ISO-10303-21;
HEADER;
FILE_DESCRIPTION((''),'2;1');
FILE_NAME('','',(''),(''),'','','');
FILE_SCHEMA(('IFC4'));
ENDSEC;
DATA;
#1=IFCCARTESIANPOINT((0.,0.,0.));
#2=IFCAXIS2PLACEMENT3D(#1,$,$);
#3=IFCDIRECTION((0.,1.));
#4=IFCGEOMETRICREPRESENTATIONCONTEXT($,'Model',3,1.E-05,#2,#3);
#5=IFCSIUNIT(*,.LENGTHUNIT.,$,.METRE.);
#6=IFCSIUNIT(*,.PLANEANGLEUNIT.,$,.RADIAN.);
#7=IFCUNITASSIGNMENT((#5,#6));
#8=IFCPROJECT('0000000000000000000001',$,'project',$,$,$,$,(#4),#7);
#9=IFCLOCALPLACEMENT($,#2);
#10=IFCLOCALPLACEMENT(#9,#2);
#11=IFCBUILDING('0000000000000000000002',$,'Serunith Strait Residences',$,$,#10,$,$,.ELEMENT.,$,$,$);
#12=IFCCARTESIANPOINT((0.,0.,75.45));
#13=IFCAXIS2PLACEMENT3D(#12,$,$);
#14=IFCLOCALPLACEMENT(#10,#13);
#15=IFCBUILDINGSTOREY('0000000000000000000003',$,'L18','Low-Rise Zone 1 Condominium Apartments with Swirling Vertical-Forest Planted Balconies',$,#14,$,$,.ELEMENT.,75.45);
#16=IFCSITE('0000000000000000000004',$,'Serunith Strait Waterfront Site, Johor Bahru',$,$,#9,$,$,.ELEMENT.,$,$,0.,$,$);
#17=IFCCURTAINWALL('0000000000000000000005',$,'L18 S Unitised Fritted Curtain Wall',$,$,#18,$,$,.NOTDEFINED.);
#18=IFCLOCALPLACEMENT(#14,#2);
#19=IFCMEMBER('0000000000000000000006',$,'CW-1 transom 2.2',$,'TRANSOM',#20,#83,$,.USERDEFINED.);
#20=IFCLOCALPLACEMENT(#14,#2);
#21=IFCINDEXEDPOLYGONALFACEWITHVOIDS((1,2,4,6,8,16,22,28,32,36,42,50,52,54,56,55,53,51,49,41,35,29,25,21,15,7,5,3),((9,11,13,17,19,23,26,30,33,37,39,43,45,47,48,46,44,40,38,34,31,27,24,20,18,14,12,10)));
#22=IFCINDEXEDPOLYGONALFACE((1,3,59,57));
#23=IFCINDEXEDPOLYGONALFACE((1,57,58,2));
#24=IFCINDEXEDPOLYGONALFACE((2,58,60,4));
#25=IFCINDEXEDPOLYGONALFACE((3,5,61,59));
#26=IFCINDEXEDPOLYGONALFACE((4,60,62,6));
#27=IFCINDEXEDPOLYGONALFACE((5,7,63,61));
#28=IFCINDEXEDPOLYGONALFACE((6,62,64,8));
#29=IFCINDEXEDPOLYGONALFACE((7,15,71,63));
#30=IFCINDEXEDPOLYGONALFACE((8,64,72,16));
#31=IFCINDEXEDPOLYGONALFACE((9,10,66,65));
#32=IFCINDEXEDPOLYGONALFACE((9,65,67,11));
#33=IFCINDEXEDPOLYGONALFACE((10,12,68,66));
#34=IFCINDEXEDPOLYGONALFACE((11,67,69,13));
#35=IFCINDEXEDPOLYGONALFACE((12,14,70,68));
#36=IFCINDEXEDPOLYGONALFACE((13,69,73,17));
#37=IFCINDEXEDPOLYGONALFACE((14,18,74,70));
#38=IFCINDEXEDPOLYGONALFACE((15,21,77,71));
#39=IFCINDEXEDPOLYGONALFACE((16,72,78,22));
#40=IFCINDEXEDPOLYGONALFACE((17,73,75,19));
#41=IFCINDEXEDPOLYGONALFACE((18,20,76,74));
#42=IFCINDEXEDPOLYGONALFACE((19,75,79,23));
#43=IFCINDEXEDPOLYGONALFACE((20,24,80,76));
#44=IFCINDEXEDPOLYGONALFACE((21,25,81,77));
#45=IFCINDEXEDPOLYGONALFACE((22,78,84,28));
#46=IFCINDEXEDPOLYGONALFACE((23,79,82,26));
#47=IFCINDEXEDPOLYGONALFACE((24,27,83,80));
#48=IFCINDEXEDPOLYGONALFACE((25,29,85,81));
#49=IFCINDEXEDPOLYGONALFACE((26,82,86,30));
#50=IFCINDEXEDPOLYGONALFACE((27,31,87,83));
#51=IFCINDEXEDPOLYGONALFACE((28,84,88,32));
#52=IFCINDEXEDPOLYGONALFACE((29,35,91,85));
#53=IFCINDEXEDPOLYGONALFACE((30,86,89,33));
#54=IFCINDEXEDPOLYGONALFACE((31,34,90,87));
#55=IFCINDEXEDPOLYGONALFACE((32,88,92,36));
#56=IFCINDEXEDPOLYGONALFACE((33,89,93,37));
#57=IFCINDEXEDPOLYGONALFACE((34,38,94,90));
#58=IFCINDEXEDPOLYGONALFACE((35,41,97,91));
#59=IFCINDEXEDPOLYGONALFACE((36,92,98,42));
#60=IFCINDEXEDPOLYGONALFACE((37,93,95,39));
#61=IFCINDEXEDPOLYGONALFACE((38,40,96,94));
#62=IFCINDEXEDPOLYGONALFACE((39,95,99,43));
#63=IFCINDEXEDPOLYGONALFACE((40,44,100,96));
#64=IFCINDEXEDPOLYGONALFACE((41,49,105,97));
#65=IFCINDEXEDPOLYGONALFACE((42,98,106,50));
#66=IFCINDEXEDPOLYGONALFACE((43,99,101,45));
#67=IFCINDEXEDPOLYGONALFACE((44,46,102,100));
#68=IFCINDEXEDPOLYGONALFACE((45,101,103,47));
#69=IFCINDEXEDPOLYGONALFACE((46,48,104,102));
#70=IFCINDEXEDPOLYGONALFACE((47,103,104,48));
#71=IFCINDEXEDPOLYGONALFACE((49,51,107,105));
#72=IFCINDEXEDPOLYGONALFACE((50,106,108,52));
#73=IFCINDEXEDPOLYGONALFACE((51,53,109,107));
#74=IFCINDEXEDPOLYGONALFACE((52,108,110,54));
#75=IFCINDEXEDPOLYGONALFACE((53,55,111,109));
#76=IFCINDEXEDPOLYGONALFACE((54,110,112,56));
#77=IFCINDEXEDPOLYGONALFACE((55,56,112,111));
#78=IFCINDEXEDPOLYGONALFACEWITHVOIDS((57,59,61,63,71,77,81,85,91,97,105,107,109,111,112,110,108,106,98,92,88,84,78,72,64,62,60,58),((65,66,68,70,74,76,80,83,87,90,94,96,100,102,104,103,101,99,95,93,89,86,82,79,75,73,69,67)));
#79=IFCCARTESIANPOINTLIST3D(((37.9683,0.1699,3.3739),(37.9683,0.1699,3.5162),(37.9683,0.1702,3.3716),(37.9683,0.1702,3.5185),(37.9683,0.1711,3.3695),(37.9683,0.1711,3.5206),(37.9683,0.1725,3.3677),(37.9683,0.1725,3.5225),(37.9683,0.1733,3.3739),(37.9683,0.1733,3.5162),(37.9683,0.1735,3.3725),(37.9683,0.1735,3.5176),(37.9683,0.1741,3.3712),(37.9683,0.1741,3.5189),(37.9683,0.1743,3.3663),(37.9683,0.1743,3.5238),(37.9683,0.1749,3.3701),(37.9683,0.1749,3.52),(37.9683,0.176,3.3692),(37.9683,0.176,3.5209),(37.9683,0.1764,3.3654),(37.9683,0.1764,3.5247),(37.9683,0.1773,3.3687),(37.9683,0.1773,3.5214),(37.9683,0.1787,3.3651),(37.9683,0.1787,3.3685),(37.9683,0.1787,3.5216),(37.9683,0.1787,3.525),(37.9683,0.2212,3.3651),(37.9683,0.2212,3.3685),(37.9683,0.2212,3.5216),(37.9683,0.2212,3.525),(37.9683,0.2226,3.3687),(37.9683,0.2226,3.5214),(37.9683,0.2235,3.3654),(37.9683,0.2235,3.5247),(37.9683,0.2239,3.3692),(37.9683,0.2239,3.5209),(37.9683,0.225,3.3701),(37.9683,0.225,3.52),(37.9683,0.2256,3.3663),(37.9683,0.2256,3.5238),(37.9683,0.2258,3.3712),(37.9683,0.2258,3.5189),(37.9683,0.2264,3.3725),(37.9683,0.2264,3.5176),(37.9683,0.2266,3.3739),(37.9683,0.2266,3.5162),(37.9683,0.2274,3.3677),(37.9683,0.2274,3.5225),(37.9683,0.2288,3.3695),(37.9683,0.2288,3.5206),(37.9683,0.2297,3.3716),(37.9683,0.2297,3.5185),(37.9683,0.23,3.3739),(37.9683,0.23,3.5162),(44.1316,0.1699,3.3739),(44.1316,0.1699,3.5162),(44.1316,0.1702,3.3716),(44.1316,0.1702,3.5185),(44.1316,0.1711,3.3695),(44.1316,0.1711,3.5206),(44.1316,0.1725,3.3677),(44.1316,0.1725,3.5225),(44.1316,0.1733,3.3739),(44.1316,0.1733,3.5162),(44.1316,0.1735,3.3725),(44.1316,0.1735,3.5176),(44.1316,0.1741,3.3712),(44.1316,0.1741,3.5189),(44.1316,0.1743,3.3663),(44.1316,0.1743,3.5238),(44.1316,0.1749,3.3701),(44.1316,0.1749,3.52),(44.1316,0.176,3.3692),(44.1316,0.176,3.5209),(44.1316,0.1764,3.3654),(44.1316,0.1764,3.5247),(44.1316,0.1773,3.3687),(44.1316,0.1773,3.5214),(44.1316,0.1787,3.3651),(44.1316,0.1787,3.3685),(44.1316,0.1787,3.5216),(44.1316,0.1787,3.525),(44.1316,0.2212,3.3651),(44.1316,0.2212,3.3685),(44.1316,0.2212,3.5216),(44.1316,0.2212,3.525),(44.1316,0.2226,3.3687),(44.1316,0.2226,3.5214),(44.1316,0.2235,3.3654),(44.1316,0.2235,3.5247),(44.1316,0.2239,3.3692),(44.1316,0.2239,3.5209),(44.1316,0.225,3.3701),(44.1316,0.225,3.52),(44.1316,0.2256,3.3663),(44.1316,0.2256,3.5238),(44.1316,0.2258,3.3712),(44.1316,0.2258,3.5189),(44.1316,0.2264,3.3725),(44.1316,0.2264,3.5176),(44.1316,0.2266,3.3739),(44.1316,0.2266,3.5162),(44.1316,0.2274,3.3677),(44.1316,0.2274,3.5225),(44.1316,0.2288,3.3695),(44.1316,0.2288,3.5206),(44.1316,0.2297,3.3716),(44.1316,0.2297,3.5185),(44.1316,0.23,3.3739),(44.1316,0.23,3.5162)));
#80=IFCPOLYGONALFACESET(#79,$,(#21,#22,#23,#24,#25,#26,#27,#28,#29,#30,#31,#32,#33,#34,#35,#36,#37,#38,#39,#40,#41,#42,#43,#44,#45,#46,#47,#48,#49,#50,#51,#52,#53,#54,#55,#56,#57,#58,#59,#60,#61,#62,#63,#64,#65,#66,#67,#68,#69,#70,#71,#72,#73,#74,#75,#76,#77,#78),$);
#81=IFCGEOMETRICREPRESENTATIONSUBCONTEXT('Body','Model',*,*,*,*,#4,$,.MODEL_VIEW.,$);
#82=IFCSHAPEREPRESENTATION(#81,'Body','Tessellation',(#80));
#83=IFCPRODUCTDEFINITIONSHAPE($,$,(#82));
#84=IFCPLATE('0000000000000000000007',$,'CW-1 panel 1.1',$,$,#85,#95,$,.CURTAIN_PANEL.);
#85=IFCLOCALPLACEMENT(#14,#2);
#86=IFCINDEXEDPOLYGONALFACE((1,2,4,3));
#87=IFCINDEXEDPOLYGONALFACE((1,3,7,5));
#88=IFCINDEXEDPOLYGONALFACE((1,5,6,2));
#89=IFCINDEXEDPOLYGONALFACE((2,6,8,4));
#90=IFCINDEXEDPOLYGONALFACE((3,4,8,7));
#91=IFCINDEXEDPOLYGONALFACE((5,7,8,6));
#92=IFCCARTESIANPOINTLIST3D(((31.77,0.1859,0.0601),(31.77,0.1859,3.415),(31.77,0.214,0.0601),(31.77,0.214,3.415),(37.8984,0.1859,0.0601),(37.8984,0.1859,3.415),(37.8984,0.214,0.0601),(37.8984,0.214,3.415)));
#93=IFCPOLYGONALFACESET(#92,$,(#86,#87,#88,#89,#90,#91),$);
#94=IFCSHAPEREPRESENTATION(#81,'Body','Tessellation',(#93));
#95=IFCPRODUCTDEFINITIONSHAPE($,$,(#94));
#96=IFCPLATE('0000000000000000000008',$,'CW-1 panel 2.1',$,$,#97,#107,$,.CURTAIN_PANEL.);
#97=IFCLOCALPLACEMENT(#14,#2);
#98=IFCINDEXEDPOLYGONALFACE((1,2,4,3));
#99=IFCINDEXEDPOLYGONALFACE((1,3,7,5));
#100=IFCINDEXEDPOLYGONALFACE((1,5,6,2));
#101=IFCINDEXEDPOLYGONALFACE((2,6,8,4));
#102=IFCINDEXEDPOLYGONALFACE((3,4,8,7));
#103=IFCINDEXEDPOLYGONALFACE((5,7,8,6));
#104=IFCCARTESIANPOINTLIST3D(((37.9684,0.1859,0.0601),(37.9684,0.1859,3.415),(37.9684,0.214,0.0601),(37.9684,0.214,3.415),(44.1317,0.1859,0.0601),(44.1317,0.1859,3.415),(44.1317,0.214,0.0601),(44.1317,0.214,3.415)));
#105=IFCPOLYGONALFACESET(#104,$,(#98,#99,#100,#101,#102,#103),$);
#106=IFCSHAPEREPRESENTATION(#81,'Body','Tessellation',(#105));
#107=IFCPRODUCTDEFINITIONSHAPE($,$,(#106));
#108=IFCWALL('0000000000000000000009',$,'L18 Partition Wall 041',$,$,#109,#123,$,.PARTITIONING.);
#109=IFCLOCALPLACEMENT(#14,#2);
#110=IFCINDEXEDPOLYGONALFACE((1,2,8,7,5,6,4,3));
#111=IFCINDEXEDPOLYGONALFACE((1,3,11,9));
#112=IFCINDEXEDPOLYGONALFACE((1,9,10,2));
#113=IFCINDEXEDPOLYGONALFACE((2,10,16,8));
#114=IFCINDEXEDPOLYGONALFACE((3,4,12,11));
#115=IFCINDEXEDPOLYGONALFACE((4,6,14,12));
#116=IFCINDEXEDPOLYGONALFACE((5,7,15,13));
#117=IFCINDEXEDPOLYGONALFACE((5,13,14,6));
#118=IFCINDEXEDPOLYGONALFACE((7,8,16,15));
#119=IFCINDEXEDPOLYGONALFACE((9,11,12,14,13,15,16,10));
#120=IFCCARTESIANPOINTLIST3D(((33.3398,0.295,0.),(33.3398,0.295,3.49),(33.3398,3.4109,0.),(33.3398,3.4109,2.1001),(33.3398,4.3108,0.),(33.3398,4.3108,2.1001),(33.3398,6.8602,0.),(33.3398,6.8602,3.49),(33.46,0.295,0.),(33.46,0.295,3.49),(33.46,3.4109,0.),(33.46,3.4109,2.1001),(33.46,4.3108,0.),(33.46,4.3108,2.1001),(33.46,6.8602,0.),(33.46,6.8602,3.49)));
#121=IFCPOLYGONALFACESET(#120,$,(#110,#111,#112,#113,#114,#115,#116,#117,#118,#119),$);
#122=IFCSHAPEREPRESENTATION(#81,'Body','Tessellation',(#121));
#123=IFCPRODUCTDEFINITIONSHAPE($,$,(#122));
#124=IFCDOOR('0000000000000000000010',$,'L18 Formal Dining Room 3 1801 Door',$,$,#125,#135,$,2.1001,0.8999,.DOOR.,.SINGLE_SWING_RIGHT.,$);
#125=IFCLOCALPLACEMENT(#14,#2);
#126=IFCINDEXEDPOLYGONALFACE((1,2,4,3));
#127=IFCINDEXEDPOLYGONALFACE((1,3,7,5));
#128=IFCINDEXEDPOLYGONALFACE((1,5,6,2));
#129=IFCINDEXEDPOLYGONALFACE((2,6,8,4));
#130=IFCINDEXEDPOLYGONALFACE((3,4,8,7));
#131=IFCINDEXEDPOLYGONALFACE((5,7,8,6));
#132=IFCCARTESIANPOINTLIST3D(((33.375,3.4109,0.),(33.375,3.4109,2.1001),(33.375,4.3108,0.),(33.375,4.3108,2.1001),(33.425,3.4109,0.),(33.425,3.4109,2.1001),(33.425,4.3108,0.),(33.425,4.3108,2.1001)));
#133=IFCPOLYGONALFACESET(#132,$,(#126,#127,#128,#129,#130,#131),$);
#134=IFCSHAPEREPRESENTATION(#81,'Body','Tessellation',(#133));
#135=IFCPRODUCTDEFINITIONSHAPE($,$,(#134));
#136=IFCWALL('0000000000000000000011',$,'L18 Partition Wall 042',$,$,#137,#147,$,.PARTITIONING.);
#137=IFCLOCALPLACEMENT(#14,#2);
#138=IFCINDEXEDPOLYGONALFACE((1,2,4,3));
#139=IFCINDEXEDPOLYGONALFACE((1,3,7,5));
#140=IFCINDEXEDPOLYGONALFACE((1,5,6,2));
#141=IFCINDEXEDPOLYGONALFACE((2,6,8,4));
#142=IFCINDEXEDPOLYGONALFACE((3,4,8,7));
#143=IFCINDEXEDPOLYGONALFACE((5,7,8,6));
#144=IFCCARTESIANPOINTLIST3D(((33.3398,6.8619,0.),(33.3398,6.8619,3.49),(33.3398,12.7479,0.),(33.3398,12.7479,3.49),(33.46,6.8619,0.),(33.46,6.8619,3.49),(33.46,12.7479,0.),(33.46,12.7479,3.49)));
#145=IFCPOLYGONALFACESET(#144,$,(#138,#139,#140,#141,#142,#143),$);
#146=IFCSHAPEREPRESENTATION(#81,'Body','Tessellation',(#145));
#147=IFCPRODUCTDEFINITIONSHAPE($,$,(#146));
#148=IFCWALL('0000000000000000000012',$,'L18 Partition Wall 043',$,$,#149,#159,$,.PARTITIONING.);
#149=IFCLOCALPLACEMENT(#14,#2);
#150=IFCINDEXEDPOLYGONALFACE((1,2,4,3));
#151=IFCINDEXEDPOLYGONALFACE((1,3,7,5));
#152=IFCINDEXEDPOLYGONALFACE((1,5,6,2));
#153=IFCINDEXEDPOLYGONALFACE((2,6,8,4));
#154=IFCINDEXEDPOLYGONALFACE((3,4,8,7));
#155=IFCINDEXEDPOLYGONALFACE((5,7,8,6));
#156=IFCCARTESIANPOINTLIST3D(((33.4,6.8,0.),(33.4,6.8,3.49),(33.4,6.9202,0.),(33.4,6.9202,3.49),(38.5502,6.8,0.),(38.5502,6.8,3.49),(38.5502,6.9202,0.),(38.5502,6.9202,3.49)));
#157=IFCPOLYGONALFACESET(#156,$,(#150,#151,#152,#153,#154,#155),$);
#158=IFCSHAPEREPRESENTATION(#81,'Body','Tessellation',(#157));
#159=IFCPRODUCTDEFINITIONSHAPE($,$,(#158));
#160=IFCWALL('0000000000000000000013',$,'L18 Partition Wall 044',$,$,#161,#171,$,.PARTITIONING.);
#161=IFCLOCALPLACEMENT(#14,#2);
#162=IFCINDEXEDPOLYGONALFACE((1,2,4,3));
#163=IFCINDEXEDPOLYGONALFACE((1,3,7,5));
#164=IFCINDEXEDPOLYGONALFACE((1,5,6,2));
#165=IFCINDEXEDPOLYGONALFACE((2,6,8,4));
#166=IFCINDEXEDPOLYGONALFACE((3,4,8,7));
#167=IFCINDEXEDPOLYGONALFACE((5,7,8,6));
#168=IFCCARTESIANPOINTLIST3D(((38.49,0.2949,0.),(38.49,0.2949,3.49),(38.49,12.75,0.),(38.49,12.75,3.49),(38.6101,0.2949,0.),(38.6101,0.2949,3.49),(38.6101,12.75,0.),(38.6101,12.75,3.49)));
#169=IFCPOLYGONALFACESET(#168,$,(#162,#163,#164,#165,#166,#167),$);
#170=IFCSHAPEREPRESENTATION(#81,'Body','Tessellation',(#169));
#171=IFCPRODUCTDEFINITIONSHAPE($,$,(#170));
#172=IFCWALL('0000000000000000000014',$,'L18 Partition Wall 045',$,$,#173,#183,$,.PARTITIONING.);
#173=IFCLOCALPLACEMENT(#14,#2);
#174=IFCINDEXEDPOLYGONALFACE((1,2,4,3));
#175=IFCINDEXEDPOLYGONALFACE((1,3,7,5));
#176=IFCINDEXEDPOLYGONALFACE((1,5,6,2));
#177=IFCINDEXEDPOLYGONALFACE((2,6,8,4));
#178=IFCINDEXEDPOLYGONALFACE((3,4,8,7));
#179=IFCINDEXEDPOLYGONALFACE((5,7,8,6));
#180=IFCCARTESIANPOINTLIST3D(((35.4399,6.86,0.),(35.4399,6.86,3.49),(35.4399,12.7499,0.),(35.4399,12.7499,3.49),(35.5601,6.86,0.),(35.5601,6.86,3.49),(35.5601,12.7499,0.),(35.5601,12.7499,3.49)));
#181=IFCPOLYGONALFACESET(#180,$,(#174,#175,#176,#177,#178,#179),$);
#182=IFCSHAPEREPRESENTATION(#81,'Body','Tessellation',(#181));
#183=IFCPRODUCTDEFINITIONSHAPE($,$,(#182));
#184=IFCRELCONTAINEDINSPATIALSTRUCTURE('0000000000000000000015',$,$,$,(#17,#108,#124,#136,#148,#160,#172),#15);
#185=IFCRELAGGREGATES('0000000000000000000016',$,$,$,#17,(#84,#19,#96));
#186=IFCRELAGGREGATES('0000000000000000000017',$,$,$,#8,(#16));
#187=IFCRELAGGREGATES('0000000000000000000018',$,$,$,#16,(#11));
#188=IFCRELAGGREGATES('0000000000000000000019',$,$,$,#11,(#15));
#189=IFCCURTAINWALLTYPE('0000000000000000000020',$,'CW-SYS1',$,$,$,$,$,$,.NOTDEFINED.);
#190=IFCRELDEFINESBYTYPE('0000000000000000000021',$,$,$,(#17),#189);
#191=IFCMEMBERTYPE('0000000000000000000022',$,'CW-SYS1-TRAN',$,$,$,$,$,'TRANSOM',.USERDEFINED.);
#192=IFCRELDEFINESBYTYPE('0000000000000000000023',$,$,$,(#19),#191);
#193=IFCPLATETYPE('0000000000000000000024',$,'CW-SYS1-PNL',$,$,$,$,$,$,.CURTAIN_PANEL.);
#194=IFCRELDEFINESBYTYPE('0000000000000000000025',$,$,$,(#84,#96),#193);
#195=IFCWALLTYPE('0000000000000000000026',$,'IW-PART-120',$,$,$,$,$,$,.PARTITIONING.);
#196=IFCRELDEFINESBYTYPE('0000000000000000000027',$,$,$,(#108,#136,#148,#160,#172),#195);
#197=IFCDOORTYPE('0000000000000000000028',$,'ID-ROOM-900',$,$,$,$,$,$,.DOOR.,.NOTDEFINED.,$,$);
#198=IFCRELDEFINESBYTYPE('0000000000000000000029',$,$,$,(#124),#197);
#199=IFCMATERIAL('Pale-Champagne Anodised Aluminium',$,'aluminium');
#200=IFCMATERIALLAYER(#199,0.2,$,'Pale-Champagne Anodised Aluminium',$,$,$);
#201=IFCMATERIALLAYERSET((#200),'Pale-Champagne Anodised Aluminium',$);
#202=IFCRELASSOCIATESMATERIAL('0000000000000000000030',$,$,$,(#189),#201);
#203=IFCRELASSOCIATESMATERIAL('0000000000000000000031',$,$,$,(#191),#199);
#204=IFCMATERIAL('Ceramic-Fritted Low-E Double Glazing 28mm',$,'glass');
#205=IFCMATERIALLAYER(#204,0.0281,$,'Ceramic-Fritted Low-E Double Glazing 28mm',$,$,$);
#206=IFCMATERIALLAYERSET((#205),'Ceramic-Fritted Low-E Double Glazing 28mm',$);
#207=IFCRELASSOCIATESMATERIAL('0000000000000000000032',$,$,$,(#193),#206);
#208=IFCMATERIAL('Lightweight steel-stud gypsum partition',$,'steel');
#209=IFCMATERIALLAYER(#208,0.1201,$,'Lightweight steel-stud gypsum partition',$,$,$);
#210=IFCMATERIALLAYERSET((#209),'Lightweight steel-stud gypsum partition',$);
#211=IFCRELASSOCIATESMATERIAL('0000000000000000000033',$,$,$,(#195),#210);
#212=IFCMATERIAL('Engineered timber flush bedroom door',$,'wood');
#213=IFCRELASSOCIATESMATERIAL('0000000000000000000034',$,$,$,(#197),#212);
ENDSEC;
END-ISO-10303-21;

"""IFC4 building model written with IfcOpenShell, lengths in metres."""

from ifc_helpers import new_model, si_unit, direction, frame, frame_2d, origin, origin_2d, place, context, subcontext, project, spatial, rectangle, hollow_rectangle, extrude, source, transform, mapped, material, layer, layer_set, material_profile, profile_set, type_object, element, fill, aggregate, save


model = new_model("IFC4")

# Units and contexts
model_context = context("Model", 3, precision=1e-05, world=origin(), true_north=direction((0.0, 1.0)))
body_context = subcontext(model_context, "Body", "Model", "MODEL_VIEW")
ifc_project = project(units=[si_unit("LENGTHUNIT", "METRE"), si_unit("PLANEANGLEUNIT", "RADIAN")], contexts=[model_context])

# Site, building, storey
site_placement = place(None, origin())
site = spatial("IfcSite", under=ifc_project, at=site_placement, Name="Serunith Strait Waterfront Site, Johor Bahru", CompositionType="ELEMENT", RefElevation=0.0)
building_placement = place(site_placement, origin())
building = spatial("IfcBuilding", under=site, at=building_placement, Name="Serunith Strait Residences", CompositionType="ELEMENT")
storey_placement = place(building_placement, frame((0.0, 0.0, 75.45)))
storey = spatial("IfcBuildingStorey", under=building, at=storey_placement, Name="L18", Description="Low-Rise Zone 1 Condominium Apartments with Swirling Vertical-Forest Planted Balconies", CompositionType="ELEMENT", Elevation=75.45)

# Curtain wall, member, plates
ifc_material_1 = material(Name="Pale-Champagne Anodised Aluminium", Category="aluminium")
ifc_layer_1 = layer(ifc_material_1, 0.2, Name="Pale-Champagne Anodised Aluminium")
ifc_layer_set_1 = layer_set([ifc_layer_1], Name="Pale-Champagne Anodised Aluminium")
curtain_wall_type = type_object("IfcCurtainWallType", Name="CW-SYS1", PredefinedType="NOTDEFINED", material=ifc_layer_set_1)
curtain_wall_placement = place(storey_placement, origin())
curtain_wall = element("IfcCurtainWall", 1, at=curtain_wall_placement, inside=storey, type_object=curtain_wall_type, Name="L18 S Unitised Fritted Curtain Wall", PredefinedType="NOTDEFINED")
ifc_material_profile_1 = material_profile(ifc_material_1, hollow_rectangle(XDim=0.0601, YDim=0.1599, WallThickness=0.0034, InnerFilletRadius=0.0054, OuterFilletRadius=0.0088, at=origin_2d()), Name="ALU 160x60x3.5")
ifc_profile_set_1 = profile_set([ifc_material_profile_1], Name="Pale-Champagne Anodised Aluminium")
member_type_1 = type_object("IfcMemberType", Name="CW-SYS1-TRAN", ElementType="TRANSOM", PredefinedType="USERDEFINED", material=ifc_profile_set_1)
shared_shape_1 = source(origin(), body_context, "Body", "SweptSolid", [
    extrude(hollow_rectangle(XDim=0.0601, YDim=0.1599, WallThickness=0.0034, InnerFilletRadius=0.0054, OuterFilletRadius=0.0088, at=origin_2d()), origin(), (0.0, 0.0, 1.0), 6.1633),
])
member_1_placement = place(storey_placement, frame((37.9683, 0.2, 3.4451), z_axis=(1.0, 0.0, 0.0), x_axis=(0.0, 1.0, 0.0)))
member_1 = element("IfcMember", 2, at=member_1_placement, type_object=member_type_1, Name="CW-1 transom 2.2", ObjectType="TRANSOM", PredefinedType="USERDEFINED", context=body_context, shape_type="MappedRepresentation", body=[
    mapped(shared_shape_1, transform((0.0, 0.0, 0.0), scale=1.0)),
])
ifc_material_2 = material(Name="Ceramic-Fritted Low-E Double Glazing 28mm", Category="glass")
ifc_layer_2 = layer(ifc_material_2, 0.0281, Name="Ceramic-Fritted Low-E Double Glazing 28mm")
ifc_layer_set_2 = layer_set([ifc_layer_2], Name="Ceramic-Fritted Low-E Double Glazing 28mm")
plate_type = type_object("IfcPlateType", Name="CW-SYS1-PNL", PredefinedType="CURTAIN_PANEL", material=ifc_layer_set_2)
shared_shape_2 = source(origin(), body_context, "Body", "SweptSolid", [
    extrude(rectangle(XDim=6.1284, YDim=0.0281, at=origin_2d()), origin(), (0.0, 0.0, 1.0), 3.355),
])
plate_1_placement = place(storey_placement, frame((34.8342, 0.2, 0.0601), z_axis=(0.0, 0.0, 1.0), x_axis=(1.0, 0.0, 0.0)))
plate_1 = element("IfcPlate", 3, at=plate_1_placement, type_object=plate_type, Name="CW-1 panel 1.1", PredefinedType="CURTAIN_PANEL", context=body_context, shape_type="MappedRepresentation", body=[
    mapped(shared_shape_2, transform((0.0, 0.0, 0.0), scale=1.0)),
])
shared_shape_3 = source(origin(), body_context, "Body", "SweptSolid", [
    extrude(rectangle(XDim=6.1633, YDim=0.0281, at=origin_2d()), origin(), (0.0, 0.0, 1.0), 3.355),
])
plate_2_placement = place(storey_placement, frame((41.05, 0.2, 0.0601), z_axis=(0.0, 0.0, 1.0), x_axis=(1.0, 0.0, 0.0)))
plate_2 = element("IfcPlate", 4, at=plate_2_placement, type_object=plate_type, Name="CW-1 panel 2.1", PredefinedType="CURTAIN_PANEL", context=body_context, shape_type="MappedRepresentation", body=[
    mapped(shared_shape_3, transform((0.0, 0.0, 0.0), scale=1.0)),
])
aggregate(curtain_wall, [plate_1, member_1, plate_2])

# Wall, opening, door
ifc_material_3 = material(Name="Lightweight steel-stud gypsum partition", Category="steel")
ifc_layer_3 = layer(ifc_material_3, 0.1201, Name="Lightweight steel-stud gypsum partition")
ifc_layer_set_3 = layer_set([ifc_layer_3], Name="Lightweight steel-stud gypsum partition")
wall_type = type_object("IfcWallType", Name="IW-PART-120", PredefinedType="PARTITIONING", material=ifc_layer_set_3)
wall_1_placement = place(storey_placement, frame((33.3999, 0.2949, 0.0), z_axis=(0.0, 0.0, 1.0), x_axis=(0.0, 1.0, 0.0)))
wall_1 = element("IfcWall", 5, at=wall_1_placement, inside=storey, type_object=wall_type, Name="L18 Partition Wall 041", PredefinedType="PARTITIONING", context=body_context, shape_type="SweptSolid", body=[
    extrude(rectangle(XDim=6.5652, YDim=0.1201, at=frame_2d((3.2827, 0.0))), origin(), (0.0, 0.0, 1.0), 3.49),
])
opening_1_placement = place(wall_1_placement, frame((3.116, 0.0, 0.0)))
opening_1 = element("IfcOpeningElement", 6, at=opening_1_placement, cuts=wall_1, PredefinedType="OPENING", context=body_context, shape_type="SweptSolid", body=[
    extrude(rectangle(XDim=0.8999, YDim=2.1001, at=frame_2d((0.45, 1.05))), frame((0.0, 0.0701, 0.0), z_axis=(0.0, -1.0, 0.0), x_axis=(1.0, 0.0, 0.0)), (0.0, 0.0, 1.0), 0.1401),
])
ifc_material_4 = material(Name="Engineered timber flush bedroom door", Category="wood")
door_type_1 = type_object("IfcDoorType", Name="ID-ROOM-900", OperationType="NOTDEFINED", PredefinedType="DOOR", material=ifc_material_4)
shared_shape_4 = source(origin(), body_context, "Body", "SweptSolid", [
    extrude(rectangle(XDim=0.8999, YDim=2.1001, at=frame_2d((0.45, 1.05))), frame((0.0, 0.0249, 0.0), z_axis=(0.0, -1.0, 0.0), x_axis=(1.0, 0.0, 0.0)), (0.0, 0.0, 1.0), 0.05),
])
door_1_placement = place(opening_1_placement, origin())
door_1 = element("IfcDoor", 7, at=door_1_placement, inside=storey, type_object=door_type_1, Name="L18 Formal Dining Room 3 1801 Door", OperationType="SINGLE_SWING_RIGHT", OverallHeight=2.1001, OverallWidth=0.8999, PredefinedType="DOOR", context=body_context, shape_type="MappedRepresentation", body=[
    mapped(shared_shape_4, transform((0.0, 0.0, 0.0), scale=1.0)),
])
fill(opening_1, door_1)

# Walls
wall_2_placement = place(storey_placement, frame((33.3999, 6.8621, 0.0), z_axis=(0.0, 0.0, 1.0), x_axis=(0.0, 1.0, 0.0)))
element("IfcWall", 8, at=wall_2_placement, inside=storey, type_object=wall_type, Name="L18 Partition Wall 042", PredefinedType="PARTITIONING", context=body_context, shape_type="SweptSolid", body=[
    extrude(rectangle(XDim=5.886, YDim=0.1201, at=frame_2d((2.9429, 0.0))), origin(), (0.0, 0.0, 1.0), 3.49),
])
wall_3_placement = place(storey_placement, frame((33.3999, 6.8601, 0.0), z_axis=(0.0, 0.0, 1.0), x_axis=(1.0, 0.0, 0.0)))
element("IfcWall", 9, at=wall_3_placement, inside=storey, type_object=wall_type, Name="L18 Partition Wall 043", PredefinedType="PARTITIONING", context=body_context, shape_type="SweptSolid", body=[
    extrude(rectangle(XDim=5.1501, YDim=0.1201, at=frame_2d((2.5752, 0.0))), origin(), (0.0, 0.0, 1.0), 3.49),
])
wall_4_placement = place(storey_placement, frame((38.55, 0.2949, 0.0), z_axis=(0.0, 0.0, 1.0), x_axis=(0.0, 1.0, 0.0)))
element("IfcWall", 10, at=wall_4_placement, inside=storey, type_object=wall_type, Name="L18 Partition Wall 044", PredefinedType="PARTITIONING", context=body_context, shape_type="SweptSolid", body=[
    extrude(rectangle(XDim=12.4551, YDim=0.1201, at=frame_2d((6.2275, 0.0))), origin(), (0.0, 0.0, 1.0), 3.49),
])
wall_5_placement = place(storey_placement, frame((35.5, 6.8601, 0.0), z_axis=(0.0, 0.0, 1.0), x_axis=(0.0, 1.0, 0.0)))
element("IfcWall", 11, at=wall_5_placement, inside=storey, type_object=wall_type, Name="L18 Partition Wall 045", PredefinedType="PARTITIONING", context=body_context, shape_type="SweptSolid", body=[
    extrude(rectangle(XDim=5.8899, YDim=0.1201, at=frame_2d((2.9448, 0.0))), origin(), (0.0, 0.0, 1.0), 3.49),
])

save(model, "model.ifc")
